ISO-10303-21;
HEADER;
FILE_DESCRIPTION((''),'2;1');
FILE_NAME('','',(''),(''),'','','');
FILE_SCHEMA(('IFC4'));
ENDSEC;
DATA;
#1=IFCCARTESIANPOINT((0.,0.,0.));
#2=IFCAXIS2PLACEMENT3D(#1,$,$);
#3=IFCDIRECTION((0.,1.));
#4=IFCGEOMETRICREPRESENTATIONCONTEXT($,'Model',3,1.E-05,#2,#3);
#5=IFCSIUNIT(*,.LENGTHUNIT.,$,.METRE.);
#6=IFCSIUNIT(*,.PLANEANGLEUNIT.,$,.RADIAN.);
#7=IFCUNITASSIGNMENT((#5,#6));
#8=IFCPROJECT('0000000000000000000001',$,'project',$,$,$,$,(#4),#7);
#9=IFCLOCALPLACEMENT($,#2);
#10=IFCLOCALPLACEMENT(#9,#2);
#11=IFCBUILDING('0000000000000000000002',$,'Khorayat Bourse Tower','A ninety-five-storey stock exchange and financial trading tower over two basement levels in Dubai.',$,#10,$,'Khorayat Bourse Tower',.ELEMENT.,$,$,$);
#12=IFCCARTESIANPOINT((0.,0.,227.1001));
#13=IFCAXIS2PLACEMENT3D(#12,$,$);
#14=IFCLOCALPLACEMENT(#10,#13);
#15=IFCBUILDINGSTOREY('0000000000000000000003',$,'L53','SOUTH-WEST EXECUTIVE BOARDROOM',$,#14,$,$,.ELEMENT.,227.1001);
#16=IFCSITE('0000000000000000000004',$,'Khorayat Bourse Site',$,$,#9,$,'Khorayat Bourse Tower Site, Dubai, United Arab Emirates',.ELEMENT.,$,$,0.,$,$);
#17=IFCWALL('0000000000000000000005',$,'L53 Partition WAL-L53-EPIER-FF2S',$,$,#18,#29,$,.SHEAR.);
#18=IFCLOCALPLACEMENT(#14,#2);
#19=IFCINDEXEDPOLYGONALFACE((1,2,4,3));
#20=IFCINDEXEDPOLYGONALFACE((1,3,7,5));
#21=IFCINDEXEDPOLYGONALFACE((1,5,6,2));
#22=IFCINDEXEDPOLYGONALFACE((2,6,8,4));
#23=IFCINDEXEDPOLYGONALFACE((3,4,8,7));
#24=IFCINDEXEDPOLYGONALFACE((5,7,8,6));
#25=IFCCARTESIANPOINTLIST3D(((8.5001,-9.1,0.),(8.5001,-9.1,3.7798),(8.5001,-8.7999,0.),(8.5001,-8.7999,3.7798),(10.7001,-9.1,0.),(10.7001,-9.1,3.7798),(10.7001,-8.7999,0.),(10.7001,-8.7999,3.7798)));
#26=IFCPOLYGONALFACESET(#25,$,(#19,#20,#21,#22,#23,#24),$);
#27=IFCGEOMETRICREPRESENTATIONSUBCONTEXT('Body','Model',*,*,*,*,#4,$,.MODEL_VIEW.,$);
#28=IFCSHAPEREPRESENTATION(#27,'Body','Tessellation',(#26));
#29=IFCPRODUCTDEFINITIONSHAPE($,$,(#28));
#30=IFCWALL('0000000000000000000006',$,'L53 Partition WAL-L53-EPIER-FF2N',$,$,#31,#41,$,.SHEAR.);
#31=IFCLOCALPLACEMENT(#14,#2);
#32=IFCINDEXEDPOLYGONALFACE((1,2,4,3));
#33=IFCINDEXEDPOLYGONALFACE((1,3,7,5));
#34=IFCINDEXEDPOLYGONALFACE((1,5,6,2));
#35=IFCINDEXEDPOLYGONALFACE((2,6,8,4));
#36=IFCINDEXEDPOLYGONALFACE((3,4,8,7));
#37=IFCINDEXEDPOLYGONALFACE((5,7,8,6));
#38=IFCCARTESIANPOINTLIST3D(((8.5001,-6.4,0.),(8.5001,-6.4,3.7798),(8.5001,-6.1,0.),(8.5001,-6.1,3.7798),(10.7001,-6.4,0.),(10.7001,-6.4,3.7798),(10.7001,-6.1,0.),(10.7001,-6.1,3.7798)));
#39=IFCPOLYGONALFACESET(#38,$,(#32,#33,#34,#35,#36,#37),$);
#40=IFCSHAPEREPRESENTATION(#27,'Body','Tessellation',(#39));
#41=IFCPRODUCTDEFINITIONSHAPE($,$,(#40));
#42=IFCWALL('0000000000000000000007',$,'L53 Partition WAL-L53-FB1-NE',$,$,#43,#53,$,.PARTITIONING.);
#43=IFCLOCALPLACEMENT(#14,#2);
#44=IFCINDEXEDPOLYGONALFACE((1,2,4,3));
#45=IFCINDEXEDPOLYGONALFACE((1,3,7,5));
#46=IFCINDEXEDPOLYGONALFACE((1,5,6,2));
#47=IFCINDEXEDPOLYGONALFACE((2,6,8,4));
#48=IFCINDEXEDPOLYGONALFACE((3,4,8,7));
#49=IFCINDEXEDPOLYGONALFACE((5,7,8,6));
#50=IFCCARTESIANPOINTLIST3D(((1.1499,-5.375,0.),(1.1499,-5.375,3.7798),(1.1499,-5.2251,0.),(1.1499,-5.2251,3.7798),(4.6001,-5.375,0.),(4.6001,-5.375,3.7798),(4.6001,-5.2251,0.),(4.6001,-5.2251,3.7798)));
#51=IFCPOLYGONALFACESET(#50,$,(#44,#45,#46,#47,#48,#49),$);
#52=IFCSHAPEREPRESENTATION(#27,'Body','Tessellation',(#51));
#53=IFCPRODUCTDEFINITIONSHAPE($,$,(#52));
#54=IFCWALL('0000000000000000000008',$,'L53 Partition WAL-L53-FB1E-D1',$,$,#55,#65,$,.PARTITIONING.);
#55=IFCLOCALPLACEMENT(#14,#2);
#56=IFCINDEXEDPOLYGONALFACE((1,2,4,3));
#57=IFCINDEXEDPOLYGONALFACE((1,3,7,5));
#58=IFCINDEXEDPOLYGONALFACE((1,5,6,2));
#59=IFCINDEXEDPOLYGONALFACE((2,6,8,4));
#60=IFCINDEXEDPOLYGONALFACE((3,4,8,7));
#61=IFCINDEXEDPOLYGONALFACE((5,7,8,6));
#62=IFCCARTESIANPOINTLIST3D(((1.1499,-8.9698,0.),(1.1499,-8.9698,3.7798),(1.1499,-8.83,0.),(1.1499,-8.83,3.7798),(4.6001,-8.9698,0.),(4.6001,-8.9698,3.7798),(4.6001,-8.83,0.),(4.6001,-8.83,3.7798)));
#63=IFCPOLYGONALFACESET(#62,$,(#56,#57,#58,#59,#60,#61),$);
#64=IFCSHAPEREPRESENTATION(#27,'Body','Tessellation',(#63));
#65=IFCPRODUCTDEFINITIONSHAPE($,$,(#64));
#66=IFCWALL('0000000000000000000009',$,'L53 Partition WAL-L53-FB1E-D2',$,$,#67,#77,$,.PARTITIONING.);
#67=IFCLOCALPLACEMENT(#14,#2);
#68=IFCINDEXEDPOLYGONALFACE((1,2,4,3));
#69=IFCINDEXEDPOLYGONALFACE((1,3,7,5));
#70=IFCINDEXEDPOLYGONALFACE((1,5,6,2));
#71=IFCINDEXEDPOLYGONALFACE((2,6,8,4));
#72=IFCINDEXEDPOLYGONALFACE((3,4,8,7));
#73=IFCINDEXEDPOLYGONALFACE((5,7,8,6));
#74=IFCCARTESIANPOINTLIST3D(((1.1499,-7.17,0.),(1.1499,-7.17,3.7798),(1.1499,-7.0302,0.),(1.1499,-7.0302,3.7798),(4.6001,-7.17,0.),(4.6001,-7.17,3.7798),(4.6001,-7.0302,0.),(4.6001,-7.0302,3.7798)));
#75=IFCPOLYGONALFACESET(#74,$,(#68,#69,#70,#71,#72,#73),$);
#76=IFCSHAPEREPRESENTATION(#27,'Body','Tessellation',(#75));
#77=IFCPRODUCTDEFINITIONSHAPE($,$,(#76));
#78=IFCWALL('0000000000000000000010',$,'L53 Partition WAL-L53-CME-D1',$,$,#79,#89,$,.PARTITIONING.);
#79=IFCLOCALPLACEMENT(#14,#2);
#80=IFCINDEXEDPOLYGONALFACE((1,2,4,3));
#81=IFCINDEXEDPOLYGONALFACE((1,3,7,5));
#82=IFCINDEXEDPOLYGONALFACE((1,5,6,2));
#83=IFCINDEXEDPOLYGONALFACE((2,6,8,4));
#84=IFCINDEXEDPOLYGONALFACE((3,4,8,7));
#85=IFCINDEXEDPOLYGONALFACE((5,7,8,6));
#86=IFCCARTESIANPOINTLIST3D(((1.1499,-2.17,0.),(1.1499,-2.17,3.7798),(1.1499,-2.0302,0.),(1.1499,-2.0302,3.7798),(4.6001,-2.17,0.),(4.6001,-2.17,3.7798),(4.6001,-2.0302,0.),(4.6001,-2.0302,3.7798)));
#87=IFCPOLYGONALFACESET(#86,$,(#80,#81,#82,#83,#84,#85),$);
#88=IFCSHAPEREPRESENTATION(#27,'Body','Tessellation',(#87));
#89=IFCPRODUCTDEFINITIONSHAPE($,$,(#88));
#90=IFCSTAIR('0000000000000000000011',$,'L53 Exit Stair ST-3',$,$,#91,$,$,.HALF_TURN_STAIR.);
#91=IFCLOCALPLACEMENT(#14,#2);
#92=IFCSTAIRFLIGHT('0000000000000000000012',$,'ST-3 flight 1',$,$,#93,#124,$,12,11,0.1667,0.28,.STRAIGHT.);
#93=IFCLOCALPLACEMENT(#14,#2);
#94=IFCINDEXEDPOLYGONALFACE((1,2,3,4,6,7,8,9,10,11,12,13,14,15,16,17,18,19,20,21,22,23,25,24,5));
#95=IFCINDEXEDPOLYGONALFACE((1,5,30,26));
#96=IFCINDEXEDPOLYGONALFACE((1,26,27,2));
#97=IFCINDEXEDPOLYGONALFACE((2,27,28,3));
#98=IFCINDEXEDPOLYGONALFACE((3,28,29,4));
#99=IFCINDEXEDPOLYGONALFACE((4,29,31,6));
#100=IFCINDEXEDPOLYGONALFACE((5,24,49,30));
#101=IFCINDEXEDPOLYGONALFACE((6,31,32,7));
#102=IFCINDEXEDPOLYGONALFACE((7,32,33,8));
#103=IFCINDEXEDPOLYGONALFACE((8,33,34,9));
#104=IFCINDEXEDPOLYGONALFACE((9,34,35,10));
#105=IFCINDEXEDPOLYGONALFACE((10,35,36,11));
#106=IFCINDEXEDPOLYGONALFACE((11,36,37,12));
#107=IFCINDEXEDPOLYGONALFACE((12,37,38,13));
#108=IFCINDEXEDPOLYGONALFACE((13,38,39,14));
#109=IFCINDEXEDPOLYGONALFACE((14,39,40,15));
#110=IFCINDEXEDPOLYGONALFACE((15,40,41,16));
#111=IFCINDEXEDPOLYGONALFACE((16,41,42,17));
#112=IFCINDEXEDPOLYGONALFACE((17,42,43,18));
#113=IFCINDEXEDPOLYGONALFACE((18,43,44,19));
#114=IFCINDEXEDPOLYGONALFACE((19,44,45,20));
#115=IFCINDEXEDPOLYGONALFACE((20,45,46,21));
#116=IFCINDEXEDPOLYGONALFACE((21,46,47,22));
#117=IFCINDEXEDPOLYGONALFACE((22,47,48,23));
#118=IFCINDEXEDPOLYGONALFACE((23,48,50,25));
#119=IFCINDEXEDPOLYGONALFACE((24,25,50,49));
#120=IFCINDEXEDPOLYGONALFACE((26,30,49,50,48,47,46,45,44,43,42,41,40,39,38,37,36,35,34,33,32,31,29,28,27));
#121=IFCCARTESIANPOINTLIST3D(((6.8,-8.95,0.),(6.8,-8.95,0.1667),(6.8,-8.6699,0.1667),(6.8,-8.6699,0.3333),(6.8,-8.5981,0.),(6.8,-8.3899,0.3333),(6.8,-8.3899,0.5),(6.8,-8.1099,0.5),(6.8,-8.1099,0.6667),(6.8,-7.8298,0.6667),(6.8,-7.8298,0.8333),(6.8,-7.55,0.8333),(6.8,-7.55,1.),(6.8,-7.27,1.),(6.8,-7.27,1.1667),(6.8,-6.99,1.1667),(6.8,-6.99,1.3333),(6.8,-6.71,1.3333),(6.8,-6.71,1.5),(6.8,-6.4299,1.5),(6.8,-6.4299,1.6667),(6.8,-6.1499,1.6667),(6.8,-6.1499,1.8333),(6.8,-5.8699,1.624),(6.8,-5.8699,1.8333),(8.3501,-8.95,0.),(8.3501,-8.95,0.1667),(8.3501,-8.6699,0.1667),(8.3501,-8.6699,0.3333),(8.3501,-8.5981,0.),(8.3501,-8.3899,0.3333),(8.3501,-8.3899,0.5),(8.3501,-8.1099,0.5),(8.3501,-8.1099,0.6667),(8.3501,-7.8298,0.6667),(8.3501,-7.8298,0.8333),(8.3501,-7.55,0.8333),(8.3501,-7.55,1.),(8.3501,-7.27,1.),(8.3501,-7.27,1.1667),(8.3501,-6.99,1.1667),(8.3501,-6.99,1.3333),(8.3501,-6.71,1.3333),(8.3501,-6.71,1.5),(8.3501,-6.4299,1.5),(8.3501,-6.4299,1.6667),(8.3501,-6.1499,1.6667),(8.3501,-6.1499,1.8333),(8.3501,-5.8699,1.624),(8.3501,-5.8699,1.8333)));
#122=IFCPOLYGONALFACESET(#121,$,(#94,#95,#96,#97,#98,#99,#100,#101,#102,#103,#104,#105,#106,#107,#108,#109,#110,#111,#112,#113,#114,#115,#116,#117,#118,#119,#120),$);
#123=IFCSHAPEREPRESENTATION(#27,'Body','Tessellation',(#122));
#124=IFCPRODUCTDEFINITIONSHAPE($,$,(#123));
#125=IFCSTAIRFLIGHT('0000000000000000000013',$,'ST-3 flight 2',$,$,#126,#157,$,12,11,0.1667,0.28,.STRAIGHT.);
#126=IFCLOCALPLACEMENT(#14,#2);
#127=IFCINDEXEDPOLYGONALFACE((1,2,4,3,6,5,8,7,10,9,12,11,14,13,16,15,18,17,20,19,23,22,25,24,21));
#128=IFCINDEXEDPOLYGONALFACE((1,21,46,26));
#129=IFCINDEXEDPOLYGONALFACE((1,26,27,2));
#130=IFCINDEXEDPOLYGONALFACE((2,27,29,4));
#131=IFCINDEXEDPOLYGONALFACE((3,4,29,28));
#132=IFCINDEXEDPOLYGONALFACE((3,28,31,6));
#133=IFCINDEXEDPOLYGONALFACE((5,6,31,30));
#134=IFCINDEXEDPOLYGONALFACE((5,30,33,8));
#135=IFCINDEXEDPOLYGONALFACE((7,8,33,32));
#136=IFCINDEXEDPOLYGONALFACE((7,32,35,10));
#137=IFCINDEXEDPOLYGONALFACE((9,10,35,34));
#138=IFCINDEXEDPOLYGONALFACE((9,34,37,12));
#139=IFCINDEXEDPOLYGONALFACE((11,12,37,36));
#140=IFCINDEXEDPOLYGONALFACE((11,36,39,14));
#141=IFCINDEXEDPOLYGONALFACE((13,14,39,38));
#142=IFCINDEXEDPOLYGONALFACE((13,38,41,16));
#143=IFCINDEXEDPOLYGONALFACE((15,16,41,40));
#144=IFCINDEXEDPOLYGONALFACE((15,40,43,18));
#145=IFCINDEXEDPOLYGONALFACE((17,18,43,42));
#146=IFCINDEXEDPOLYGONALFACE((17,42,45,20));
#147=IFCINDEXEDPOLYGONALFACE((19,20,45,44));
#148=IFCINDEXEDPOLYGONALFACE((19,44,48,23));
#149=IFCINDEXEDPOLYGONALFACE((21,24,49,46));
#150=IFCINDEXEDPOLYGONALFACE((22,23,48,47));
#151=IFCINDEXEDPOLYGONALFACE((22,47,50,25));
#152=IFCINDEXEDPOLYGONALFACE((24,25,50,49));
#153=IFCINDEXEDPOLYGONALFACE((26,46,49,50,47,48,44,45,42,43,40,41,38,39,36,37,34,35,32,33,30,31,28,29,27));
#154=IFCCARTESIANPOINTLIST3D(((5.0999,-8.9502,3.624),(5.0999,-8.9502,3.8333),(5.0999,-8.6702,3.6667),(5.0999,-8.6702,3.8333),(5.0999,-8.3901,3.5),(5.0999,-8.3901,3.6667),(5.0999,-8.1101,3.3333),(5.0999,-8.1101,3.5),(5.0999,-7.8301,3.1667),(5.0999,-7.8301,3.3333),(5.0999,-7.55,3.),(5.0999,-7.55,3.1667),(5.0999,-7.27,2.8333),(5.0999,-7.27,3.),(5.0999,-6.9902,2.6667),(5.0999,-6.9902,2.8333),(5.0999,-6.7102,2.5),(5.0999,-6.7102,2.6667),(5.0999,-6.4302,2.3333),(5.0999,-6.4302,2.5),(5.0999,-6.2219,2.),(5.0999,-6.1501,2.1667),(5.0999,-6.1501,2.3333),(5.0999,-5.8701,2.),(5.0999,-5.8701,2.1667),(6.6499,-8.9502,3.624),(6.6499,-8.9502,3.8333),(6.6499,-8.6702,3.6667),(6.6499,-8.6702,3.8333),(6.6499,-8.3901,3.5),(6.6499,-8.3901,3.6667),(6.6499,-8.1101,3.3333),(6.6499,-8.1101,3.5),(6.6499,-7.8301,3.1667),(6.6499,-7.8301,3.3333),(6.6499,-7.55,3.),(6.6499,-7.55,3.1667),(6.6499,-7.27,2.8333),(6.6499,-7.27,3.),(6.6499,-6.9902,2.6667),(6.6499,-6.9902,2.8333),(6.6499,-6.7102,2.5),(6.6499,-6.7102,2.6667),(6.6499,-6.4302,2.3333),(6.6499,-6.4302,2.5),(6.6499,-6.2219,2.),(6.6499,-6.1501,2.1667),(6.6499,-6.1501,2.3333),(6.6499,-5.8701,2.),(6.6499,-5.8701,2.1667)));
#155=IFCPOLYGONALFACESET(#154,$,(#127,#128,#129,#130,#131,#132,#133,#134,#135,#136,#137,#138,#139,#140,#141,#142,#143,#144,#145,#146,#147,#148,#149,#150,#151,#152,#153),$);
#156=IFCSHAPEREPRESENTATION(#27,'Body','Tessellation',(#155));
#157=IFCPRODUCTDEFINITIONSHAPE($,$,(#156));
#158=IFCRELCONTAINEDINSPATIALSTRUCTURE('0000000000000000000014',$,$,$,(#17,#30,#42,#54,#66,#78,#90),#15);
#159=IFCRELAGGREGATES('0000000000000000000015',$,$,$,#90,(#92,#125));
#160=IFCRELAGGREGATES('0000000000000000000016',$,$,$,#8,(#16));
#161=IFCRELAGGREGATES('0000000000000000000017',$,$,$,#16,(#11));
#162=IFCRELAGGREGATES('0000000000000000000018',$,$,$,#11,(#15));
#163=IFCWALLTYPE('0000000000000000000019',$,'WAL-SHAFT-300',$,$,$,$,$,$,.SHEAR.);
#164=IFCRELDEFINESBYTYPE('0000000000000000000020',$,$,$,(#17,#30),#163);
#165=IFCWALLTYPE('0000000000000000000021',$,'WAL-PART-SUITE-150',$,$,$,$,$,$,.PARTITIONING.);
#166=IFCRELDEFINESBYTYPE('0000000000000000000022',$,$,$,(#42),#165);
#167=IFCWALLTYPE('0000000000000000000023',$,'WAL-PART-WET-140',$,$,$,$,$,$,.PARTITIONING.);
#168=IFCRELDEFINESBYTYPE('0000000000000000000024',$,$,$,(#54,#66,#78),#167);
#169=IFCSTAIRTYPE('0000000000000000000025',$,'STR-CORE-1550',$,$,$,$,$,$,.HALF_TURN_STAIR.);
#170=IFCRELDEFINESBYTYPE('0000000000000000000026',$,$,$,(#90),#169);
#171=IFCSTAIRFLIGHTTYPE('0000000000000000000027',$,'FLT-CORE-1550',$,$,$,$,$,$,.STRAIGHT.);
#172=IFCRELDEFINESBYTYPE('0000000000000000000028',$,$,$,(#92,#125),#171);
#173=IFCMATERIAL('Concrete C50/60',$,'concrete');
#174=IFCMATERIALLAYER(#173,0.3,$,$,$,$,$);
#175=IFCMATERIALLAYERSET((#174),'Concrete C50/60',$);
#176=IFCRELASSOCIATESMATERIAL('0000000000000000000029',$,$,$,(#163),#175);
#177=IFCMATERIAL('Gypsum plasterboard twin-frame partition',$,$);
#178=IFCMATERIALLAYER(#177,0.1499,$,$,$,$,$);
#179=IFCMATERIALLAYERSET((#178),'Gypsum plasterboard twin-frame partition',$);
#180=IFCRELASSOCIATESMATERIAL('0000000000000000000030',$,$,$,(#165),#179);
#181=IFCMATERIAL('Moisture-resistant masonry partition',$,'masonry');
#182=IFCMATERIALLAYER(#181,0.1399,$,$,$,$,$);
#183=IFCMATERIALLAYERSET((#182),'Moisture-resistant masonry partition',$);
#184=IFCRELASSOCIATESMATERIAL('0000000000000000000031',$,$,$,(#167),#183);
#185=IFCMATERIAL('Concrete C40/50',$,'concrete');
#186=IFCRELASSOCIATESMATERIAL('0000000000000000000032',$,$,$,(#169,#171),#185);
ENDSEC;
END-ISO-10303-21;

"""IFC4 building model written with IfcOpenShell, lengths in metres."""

from ifc_helpers import new_model, si_unit, direction, frame, frame_2d, origin, place, context, subcontext, project, spatial, polyline, rectangle, outline, extrude, source, transform, mapped, material, layer, layer_set, type_object, element, aggregate, save


model = new_model("IFC4")

# Units and contexts
model_context = context("Model", 3, precision=1e-05, world=origin(), true_north=direction((0.0, 1.0)))
body_context = subcontext(model_context, "Body", "Model", "MODEL_VIEW")
ifc_project = project(units=[si_unit("LENGTHUNIT", "METRE"), si_unit("PLANEANGLEUNIT", "RADIAN")], contexts=[model_context])

# Site, building, storey
site_placement = place(None, origin())
site = spatial("IfcSite", under=ifc_project, at=site_placement, Name="Khorayat Bourse Site", LongName="Khorayat Bourse Tower Site, Dubai, United Arab Emirates", CompositionType="ELEMENT", RefElevation=0.0)
building_placement = place(site_placement, origin())
building = spatial("IfcBuilding", under=site, at=building_placement, Name="Khorayat Bourse Tower", Description="A ninety-five-storey stock exchange and financial trading tower over two basement levels in Dubai.", LongName="Khorayat Bourse Tower", CompositionType="ELEMENT")
storey_placement = place(building_placement, frame((0.0, 0.0, 227.1001)))
storey = spatial("IfcBuildingStorey", under=building, at=storey_placement, Name="L53", Description="SOUTH-WEST EXECUTIVE BOARDROOM", CompositionType="ELEMENT", Elevation=227.1001)

# Walls
ifc_material_1 = material(Name="Concrete C50/60", Category="concrete")
ifc_layer_1 = layer(ifc_material_1, 0.3)
ifc_layer_set_1 = layer_set([ifc_layer_1], Name="Concrete C50/60")
wall_type_1 = type_object("IfcWallType", Name="WAL-SHAFT-300", PredefinedType="SHEAR", material=ifc_layer_set_1)
shared_shape_1 = source(origin(), body_context, "Body", "SweptSolid", [
    extrude(rectangle(XDim=2.2, YDim=0.3, at=frame_2d((1.1001, 0.0))), origin(), (0.0, 0.0, 1.0), 3.7798),
])
for number, where, z_axis, x_axis, name in (
    (1, (8.5, -8.95, 0.0), (0.0, 0.0, 1.0), (1.0, 0.0, 0.0), "L53 Partition WAL-L53-EPIER-FF2S"),
    (2, (8.5, -6.25, 0.0), (0.0, 0.0, 1.0), (1.0, 0.0, 0.0), "L53 Partition WAL-L53-EPIER-FF2N"),
):
    element("IfcWall", number, at=place(storey_placement, frame(where, z_axis=z_axis, x_axis=x_axis)), inside=storey, type_object=wall_type_1, Name=name, PredefinedType="SHEAR", context=body_context, shape_type="MappedRepresentation", body=[
        mapped(shared_shape_1, transform((0.0, 0.0, 0.0), scale=1.0)),
    ])
ifc_material_2 = material(Name="Gypsum plasterboard twin-frame partition")
ifc_layer_2 = layer(ifc_material_2, 0.1499)
ifc_layer_set_2 = layer_set([ifc_layer_2], Name="Gypsum plasterboard twin-frame partition")
wall_type_2 = type_object("IfcWallType", Name="WAL-PART-SUITE-150", PredefinedType="PARTITIONING", material=ifc_layer_set_2)
shared_shape_2 = source(origin(), body_context, "Body", "SweptSolid", [
    extrude(rectangle(XDim=3.4502, YDim=0.1499, at=frame_2d((1.7251, 0.0))), origin(), (0.0, 0.0, 1.0), 3.7798),
])
wall_1_placement = place(storey_placement, frame((1.1499, -5.3, 0.0), z_axis=(0.0, 0.0, 1.0), x_axis=(1.0, 0.0, 0.0)))
element("IfcWall", 3, at=wall_1_placement, inside=storey, type_object=wall_type_2, Name="L53 Partition WAL-L53-FB1-NE", PredefinedType="PARTITIONING", context=body_context, shape_type="MappedRepresentation", body=[
    mapped(shared_shape_2, transform((0.0, 0.0, 0.0), scale=1.0)),
])
ifc_material_3 = material(Name="Moisture-resistant masonry partition", Category="masonry")
ifc_layer_3 = layer(ifc_material_3, 0.1399)
ifc_layer_set_3 = layer_set([ifc_layer_3], Name="Moisture-resistant masonry partition")
wall_type_3 = type_object("IfcWallType", Name="WAL-PART-WET-140", PredefinedType="PARTITIONING", material=ifc_layer_set_3)
shared_shape_3 = source(origin(), body_context, "Body", "SweptSolid", [
    extrude(rectangle(XDim=3.4502, YDim=0.1399, at=frame_2d((1.7251, 0.0))), origin(), (0.0, 0.0, 1.0), 3.7798),
])
for number, where, z_axis, x_axis, name in (
    (4, (1.1499, -8.8999, 0.0), (0.0, 0.0, 1.0), (1.0, 0.0, 0.0), "L53 Partition WAL-L53-FB1E-D1"),
    (5, (1.1499, -7.1001, 0.0), (0.0, 0.0, 1.0), (1.0, 0.0, 0.0), "L53 Partition WAL-L53-FB1E-D2"),
    (6, (1.1499, -2.1001, 0.0), (0.0, 0.0, 1.0), (1.0, 0.0, 0.0), "L53 Partition WAL-L53-CME-D1"),
):
    element("IfcWall", number, at=place(storey_placement, frame(where, z_axis=z_axis, x_axis=x_axis)), inside=storey, type_object=wall_type_3, Name=name, PredefinedType="PARTITIONING", context=body_context, shape_type="MappedRepresentation", body=[
        mapped(shared_shape_3, transform((0.0, 0.0, 0.0), scale=1.0)),
    ])

# Stair, stair flights
ifc_material_4 = material(Name="Concrete C40/50", Category="concrete")
stair_type = type_object("IfcStairType", Name="STR-CORE-1550", PredefinedType="HALF_TURN_STAIR", material=ifc_material_4)
stair_placement = place(storey_placement, origin())
stair = element("IfcStair", 7, at=stair_placement, inside=storey, type_object=stair_type, Name="L53 Exit Stair ST-3", PredefinedType="HALF_TURN_STAIR")
stair_flight_type = type_object("IfcStairFlightType", Name="FLT-CORE-1550", PredefinedType="STRAIGHT", material=ifc_material_4)
shared_shape_4 = source(origin(), body_context, "Body", "SweptSolid", [
    extrude(outline(polyline([(0.0, 0.0), (0.0, 0.1667), (0.28, 0.1667), (0.28, 0.3333), (0.5601, 0.3333), (0.5601, 0.5), (0.8401, 0.5), (0.8401, 0.6667), (1.1201, 0.6667), (1.1201, 0.8333), (1.3999, 0.8333), (1.3999, 1.0), (1.6799, 1.0), (1.6799, 1.1667), (1.96, 1.1667), (1.96, 1.3333), (2.24, 1.3333), (2.24, 1.5), (2.52, 1.5), (2.52, 1.6667), (2.8, 1.6667), (2.8, 1.8333), (3.0801, 1.8333), (3.0801, 2.0), (3.0801, 1.624), (0.3518, 0.0), (0.0, 0.0)])), frame((0.0, 0.7749, 0.0), z_axis=(0.0, -1.0, 0.0), x_axis=(1.0, 0.0, 0.0)), (0.0, 0.0, 1.0), 1.55),
])
stair_flight_1_placement = place(storey_placement, frame((7.575, -8.95, 0.0), z_axis=(0.0, 0.0, 1.0), x_axis=(0.0, 1.0, 0.0)))
stair_flight_1 = element("IfcStairFlight", 8, at=stair_flight_1_placement, type_object=stair_flight_type, Name="ST-3 flight 1", NumberOfRisers=12, NumberOfTreads=11, PredefinedType="STRAIGHT", RiserHeight=0.1667, TreadLength=0.28, context=body_context, shape_type="MappedRepresentation", body=[
    mapped(shared_shape_4, transform((0.0, 0.0, 0.0), scale=1.0)),
])
stair_flight_2_placement = place(storey_placement, frame((5.875, -5.8701, 2.0), z_axis=(0.0, 0.0, 1.0), x_axis=(0.0, -1.0, 0.0)))
stair_flight_2 = element("IfcStairFlight", 9, at=stair_flight_2_placement, type_object=stair_flight_type, Name="ST-3 flight 2", NumberOfRisers=12, NumberOfTreads=11, PredefinedType="STRAIGHT", RiserHeight=0.1667, TreadLength=0.28, context=body_context, shape_type="MappedRepresentation", body=[
    mapped(shared_shape_4, transform((0.0, 0.0, 0.0), scale=1.0)),
])
aggregate(stair, [stair_flight_1, stair_flight_2])

save(model, "model.ifc")
